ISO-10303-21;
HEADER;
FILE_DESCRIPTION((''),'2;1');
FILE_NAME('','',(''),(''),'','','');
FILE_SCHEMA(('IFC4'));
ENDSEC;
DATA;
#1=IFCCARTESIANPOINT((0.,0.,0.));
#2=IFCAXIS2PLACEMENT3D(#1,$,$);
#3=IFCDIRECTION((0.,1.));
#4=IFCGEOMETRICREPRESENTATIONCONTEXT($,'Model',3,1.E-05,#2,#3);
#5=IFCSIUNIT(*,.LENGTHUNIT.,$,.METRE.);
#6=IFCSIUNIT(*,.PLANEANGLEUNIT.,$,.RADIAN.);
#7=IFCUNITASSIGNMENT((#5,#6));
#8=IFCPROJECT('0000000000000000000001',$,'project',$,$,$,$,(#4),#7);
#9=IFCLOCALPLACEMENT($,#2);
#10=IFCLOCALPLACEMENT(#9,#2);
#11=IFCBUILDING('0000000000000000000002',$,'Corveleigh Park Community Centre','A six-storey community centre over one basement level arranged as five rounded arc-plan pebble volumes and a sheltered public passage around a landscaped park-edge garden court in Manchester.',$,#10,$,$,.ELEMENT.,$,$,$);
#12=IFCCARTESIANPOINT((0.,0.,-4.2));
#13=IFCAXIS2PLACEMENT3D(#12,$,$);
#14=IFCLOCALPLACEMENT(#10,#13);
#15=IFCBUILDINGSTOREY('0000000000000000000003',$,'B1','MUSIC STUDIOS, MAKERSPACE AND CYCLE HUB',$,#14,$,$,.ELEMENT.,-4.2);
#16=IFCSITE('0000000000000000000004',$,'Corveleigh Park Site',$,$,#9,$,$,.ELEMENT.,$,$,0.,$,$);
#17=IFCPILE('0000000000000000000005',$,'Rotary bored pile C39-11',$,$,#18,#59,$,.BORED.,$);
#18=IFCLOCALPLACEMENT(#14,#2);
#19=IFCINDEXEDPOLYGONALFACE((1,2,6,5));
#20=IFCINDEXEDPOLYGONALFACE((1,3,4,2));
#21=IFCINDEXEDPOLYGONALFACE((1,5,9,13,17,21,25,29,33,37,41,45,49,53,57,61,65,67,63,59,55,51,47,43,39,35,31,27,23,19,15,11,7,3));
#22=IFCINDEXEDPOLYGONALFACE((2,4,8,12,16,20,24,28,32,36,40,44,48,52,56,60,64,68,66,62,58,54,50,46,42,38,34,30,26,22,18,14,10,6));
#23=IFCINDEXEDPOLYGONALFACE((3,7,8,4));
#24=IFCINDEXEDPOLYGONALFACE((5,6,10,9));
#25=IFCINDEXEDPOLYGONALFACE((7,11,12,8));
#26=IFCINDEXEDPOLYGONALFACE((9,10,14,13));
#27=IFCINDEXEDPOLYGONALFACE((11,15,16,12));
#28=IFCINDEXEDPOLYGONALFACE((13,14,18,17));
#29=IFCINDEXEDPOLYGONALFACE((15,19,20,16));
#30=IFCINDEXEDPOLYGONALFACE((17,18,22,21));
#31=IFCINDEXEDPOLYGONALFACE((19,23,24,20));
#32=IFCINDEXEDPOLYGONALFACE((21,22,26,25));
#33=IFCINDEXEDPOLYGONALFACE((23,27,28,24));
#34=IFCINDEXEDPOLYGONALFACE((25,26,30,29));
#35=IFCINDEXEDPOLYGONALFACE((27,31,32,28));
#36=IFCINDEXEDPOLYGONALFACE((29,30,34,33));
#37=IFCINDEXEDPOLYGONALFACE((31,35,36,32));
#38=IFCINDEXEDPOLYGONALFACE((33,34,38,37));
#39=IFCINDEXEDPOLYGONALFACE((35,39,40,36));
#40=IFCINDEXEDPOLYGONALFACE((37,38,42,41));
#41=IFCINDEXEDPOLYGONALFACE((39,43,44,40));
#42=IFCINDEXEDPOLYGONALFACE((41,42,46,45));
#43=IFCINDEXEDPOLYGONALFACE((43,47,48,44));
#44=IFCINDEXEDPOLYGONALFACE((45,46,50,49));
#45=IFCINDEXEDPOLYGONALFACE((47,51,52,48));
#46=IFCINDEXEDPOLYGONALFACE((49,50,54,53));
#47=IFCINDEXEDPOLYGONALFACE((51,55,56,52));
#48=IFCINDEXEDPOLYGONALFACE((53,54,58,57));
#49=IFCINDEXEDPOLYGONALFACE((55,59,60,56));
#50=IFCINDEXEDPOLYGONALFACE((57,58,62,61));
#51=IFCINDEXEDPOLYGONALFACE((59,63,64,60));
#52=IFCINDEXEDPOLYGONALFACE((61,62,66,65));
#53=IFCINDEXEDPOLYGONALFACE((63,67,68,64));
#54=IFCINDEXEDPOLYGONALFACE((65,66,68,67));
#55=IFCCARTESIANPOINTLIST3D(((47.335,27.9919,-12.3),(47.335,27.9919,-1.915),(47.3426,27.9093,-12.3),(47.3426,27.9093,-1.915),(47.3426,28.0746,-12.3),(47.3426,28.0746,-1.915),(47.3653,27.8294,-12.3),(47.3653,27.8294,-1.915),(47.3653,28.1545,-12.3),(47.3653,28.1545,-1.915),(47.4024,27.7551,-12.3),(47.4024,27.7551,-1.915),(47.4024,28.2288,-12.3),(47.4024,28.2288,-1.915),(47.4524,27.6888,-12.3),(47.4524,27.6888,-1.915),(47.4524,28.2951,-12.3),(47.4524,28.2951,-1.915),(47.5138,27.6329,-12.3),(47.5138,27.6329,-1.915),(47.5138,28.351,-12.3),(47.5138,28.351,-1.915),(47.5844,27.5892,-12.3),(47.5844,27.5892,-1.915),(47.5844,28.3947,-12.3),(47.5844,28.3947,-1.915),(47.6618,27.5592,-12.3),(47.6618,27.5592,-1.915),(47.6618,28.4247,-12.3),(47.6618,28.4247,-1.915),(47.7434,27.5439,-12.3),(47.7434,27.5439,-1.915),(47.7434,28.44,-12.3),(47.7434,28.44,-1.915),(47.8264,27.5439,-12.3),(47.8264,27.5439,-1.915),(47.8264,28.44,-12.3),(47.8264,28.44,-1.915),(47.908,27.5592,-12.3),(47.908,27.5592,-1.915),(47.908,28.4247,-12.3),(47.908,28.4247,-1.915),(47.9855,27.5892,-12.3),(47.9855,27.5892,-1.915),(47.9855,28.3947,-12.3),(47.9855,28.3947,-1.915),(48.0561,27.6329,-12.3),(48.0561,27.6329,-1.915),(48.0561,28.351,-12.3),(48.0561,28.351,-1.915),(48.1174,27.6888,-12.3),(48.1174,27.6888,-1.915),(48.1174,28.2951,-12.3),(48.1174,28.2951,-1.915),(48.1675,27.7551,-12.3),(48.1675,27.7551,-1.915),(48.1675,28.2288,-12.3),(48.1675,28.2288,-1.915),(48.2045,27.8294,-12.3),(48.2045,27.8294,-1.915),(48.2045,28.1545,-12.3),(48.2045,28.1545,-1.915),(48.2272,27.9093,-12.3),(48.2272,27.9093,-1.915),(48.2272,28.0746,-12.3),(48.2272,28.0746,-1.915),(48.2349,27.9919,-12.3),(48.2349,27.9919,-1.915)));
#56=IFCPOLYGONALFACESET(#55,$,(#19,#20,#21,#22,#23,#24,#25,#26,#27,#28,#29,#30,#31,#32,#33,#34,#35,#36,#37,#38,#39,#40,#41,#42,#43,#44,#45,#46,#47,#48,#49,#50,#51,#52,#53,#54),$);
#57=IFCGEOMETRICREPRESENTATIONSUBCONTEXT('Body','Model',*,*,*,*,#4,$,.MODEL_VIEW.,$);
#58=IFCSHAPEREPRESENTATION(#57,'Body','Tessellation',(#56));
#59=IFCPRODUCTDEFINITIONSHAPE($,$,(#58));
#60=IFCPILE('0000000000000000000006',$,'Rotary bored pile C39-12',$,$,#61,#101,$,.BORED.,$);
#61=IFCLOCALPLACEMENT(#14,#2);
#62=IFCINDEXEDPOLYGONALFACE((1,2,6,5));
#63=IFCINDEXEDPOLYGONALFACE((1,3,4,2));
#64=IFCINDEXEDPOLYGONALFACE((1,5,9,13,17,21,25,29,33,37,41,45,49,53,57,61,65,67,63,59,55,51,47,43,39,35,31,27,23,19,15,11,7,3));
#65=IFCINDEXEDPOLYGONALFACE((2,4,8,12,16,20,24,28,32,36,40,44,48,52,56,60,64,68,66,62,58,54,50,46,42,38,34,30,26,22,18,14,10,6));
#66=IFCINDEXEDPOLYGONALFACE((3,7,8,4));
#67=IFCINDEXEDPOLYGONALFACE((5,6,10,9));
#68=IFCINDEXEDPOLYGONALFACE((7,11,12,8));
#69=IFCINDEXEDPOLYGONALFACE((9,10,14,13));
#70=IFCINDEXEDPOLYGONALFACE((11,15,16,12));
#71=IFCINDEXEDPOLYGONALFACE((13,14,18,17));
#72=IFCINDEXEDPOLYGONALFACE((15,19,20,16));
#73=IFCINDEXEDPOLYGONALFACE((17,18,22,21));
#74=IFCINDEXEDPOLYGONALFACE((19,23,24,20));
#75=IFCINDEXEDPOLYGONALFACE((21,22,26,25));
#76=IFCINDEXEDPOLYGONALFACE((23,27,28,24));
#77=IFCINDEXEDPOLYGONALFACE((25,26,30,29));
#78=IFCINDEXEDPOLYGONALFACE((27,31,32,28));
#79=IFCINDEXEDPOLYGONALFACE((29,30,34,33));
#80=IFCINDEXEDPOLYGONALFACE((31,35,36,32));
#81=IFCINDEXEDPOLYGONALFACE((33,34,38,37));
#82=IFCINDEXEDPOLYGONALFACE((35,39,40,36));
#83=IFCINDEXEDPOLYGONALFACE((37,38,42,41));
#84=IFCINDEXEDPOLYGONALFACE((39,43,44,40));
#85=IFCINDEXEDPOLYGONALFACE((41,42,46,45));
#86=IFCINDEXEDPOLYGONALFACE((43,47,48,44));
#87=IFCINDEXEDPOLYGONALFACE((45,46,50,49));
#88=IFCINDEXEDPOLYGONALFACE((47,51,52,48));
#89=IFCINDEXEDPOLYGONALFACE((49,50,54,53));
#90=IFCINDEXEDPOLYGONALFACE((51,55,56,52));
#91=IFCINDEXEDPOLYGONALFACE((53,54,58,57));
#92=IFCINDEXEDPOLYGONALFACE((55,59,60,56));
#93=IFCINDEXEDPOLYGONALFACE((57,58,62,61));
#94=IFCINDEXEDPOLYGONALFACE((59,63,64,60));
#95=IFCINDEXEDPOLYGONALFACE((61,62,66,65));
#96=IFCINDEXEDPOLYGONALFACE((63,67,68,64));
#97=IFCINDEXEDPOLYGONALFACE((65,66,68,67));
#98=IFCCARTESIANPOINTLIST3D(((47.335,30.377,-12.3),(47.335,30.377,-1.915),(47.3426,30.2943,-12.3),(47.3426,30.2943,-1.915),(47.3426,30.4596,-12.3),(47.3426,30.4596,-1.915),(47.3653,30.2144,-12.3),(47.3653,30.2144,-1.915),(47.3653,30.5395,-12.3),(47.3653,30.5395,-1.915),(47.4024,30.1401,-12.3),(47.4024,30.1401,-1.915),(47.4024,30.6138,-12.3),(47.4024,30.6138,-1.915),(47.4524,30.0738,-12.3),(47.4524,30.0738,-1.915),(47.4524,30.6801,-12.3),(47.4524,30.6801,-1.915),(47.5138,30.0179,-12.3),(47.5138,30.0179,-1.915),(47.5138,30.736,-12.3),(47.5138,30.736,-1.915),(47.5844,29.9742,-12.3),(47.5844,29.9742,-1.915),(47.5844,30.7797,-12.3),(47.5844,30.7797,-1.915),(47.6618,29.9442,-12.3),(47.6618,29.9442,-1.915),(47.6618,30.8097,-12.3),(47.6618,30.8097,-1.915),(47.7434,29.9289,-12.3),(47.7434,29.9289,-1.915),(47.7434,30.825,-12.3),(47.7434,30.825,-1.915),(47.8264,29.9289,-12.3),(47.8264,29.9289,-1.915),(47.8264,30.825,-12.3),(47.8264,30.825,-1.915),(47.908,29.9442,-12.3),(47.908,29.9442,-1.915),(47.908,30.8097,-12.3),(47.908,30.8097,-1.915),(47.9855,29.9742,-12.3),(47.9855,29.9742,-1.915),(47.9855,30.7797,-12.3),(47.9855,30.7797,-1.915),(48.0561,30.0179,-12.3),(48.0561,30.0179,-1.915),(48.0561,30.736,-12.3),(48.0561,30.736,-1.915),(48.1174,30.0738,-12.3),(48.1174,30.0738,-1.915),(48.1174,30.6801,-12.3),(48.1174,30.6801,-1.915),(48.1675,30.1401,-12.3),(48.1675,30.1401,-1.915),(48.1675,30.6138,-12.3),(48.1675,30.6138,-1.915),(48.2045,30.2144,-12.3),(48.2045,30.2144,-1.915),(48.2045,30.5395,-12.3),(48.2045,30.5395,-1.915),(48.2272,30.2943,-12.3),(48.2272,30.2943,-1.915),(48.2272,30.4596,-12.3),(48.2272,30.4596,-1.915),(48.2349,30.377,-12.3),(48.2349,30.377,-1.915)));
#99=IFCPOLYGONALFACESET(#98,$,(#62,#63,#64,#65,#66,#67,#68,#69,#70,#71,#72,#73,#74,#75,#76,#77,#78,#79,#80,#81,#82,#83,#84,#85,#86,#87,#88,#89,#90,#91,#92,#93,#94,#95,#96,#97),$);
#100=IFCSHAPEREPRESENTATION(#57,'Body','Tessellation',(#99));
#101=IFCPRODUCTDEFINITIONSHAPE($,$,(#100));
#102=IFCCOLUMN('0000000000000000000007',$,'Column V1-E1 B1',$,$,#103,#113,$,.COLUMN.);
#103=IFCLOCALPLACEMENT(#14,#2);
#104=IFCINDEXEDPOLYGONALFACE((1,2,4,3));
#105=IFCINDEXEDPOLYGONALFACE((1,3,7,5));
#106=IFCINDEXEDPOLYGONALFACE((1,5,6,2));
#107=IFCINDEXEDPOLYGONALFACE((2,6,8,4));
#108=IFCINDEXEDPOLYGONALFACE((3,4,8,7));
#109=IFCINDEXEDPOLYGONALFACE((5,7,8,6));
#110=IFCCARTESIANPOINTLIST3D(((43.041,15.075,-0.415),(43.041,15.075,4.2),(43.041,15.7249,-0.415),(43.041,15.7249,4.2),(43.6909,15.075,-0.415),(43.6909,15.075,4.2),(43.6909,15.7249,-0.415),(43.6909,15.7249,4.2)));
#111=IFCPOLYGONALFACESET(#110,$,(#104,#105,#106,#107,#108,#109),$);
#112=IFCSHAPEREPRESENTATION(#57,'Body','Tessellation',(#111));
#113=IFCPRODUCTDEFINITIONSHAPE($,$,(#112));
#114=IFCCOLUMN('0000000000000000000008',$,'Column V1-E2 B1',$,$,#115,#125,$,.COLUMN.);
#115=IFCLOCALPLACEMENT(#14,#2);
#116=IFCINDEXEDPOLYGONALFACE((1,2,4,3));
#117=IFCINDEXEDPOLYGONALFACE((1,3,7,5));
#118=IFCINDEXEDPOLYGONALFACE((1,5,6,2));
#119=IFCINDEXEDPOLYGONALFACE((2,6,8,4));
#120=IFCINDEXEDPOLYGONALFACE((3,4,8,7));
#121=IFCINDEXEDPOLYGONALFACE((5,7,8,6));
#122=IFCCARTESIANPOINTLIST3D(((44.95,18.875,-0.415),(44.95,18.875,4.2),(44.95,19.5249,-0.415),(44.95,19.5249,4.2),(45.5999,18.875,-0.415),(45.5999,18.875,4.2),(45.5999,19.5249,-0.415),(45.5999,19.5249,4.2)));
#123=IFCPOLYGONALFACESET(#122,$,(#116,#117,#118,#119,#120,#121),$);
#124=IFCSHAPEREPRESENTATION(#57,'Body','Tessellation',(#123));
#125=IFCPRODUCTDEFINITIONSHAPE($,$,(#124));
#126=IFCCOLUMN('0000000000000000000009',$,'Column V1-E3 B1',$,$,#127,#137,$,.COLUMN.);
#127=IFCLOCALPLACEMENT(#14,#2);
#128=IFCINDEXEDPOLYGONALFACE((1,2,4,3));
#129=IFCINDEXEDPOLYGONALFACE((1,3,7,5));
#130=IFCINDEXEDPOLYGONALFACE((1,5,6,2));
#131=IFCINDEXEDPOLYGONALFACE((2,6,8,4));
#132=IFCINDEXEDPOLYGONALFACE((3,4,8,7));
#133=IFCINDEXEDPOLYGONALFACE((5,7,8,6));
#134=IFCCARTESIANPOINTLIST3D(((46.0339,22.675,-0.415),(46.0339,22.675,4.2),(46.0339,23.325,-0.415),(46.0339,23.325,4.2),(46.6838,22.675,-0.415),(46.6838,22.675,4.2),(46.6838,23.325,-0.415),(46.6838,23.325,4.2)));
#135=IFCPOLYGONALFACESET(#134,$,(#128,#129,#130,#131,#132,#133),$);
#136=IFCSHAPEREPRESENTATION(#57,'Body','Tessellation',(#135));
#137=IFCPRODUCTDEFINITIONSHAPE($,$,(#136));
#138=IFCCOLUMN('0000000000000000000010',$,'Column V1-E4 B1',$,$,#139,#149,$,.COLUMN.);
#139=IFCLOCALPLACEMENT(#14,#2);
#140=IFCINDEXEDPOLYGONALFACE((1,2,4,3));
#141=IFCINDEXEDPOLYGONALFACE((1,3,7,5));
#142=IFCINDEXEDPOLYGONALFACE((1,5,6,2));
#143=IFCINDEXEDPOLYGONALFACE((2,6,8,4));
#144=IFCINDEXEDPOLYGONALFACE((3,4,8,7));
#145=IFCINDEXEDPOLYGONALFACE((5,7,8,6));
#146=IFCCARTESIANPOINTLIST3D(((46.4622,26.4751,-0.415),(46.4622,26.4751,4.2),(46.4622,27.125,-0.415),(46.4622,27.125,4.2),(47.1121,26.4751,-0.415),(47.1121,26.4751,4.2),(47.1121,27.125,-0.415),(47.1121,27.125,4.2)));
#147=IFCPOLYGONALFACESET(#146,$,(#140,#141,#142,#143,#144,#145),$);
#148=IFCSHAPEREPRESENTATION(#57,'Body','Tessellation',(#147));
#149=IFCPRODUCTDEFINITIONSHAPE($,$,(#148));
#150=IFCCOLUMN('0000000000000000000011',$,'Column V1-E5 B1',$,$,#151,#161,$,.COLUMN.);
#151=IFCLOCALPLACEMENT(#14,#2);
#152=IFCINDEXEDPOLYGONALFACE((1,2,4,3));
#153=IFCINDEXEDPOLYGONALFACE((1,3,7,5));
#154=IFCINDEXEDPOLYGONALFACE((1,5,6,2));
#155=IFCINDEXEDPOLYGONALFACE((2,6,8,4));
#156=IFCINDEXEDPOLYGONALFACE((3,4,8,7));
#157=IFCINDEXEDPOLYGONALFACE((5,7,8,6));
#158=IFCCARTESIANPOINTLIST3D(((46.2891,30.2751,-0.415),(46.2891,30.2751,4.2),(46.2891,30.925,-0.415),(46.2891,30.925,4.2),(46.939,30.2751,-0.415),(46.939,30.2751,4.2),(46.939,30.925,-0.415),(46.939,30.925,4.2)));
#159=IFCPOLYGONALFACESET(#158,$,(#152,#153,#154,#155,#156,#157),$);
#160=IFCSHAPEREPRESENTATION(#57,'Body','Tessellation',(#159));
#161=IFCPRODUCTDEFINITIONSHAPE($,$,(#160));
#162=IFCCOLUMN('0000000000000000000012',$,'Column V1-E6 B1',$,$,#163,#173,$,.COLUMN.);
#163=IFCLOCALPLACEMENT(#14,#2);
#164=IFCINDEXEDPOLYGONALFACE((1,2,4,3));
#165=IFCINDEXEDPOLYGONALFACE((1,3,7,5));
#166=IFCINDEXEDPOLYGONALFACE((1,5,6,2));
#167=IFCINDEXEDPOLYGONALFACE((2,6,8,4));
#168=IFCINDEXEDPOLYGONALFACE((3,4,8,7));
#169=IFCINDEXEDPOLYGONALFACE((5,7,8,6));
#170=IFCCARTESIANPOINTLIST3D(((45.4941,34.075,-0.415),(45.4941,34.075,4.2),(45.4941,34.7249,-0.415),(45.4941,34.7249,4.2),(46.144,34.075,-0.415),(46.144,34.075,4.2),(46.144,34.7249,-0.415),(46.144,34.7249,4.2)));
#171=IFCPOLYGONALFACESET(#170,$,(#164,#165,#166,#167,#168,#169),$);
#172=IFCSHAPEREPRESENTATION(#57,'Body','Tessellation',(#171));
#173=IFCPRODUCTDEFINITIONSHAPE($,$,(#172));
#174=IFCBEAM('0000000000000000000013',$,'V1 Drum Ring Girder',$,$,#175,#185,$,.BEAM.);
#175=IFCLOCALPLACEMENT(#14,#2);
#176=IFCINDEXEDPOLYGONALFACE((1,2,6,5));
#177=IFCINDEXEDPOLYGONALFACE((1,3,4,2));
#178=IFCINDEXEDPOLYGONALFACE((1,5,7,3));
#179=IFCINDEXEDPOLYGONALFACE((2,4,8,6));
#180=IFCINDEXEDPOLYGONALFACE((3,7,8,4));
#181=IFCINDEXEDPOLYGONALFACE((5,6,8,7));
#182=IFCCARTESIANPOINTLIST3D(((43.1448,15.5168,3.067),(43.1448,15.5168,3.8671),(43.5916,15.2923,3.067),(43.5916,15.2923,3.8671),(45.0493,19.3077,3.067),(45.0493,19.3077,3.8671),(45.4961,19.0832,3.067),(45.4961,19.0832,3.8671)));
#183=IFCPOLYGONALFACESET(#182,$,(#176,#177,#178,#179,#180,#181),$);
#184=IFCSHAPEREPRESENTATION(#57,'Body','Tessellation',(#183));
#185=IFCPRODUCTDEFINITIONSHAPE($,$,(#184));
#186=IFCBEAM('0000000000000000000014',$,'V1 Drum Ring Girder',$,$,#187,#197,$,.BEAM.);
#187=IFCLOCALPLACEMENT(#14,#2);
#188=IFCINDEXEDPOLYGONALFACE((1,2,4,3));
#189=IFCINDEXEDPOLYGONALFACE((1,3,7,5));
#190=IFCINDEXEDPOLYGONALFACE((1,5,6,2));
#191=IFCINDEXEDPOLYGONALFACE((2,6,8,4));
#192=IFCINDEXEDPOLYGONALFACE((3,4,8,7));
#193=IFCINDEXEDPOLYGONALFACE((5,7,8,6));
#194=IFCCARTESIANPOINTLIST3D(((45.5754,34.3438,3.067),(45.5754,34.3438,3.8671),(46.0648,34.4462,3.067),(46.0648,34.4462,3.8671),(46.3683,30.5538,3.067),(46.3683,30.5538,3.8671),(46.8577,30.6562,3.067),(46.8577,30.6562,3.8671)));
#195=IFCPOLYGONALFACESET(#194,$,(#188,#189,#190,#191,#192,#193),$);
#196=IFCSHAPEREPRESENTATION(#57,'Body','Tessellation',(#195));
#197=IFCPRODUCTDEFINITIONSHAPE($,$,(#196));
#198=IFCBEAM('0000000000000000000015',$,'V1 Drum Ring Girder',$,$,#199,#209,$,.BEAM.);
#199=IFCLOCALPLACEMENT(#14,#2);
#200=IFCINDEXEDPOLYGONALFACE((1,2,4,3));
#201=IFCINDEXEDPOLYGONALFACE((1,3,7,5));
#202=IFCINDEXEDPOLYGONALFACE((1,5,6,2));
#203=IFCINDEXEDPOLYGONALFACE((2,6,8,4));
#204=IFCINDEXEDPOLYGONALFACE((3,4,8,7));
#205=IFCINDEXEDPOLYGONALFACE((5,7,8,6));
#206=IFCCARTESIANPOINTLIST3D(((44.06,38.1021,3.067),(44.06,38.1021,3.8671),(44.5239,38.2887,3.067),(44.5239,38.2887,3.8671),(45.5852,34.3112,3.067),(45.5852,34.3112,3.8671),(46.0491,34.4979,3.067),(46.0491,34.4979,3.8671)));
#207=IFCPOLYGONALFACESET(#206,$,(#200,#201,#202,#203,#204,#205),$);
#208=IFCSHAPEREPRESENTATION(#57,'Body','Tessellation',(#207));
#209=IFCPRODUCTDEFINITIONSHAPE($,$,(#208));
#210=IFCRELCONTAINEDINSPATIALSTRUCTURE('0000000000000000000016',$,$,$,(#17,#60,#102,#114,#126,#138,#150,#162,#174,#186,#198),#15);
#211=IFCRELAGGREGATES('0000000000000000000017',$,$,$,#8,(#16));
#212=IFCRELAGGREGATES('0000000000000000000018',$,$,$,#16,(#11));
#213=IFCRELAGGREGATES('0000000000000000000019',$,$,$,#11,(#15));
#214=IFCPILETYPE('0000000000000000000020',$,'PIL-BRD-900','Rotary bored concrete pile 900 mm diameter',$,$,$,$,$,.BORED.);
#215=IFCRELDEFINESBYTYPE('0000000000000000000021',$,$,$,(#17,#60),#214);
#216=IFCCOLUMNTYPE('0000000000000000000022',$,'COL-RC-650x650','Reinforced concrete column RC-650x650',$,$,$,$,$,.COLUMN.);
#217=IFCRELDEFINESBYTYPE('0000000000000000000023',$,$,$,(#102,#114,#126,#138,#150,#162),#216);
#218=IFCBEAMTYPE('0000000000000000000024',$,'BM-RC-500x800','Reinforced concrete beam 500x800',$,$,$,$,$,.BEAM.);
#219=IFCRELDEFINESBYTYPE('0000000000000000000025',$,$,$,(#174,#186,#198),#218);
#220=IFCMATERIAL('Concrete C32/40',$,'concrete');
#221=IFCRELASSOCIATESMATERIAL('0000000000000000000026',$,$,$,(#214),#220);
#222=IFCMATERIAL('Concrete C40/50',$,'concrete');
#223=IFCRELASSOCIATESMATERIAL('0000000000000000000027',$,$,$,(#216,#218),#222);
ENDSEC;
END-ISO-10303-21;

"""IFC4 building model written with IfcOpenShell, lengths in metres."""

from ifc_helpers import new_model, si_unit, direction, frame, origin, origin_2d, place, context, subcontext, project, spatial, rectangle, circle, extrude, material, material_profile, profile_set, type_object, element, save


model = new_model("IFC4")

# Units and contexts
model_context = context("Model", 3, precision=1e-05, world=origin(), true_north=direction((0.0, 1.0)))
body_context = subcontext(model_context, "Body", "Model", "MODEL_VIEW")
ifc_project = project(units=[si_unit("LENGTHUNIT", "METRE"), si_unit("PLANEANGLEUNIT", "RADIAN")], contexts=[model_context])

# Site, building, storey
site_placement = place(None, origin())
site = spatial("IfcSite", under=ifc_project, at=site_placement, Name="Corveleigh Park Site", CompositionType="ELEMENT", RefElevation=0.0)
building_placement = place(site_placement, origin())
building = spatial("IfcBuilding", under=site, at=building_placement, Name="Corveleigh Park Community Centre", Description="A six-storey community centre over one basement level arranged as five rounded arc-plan pebble volumes and a sheltered public passage around a landscaped park-edge garden court in Manchester.", CompositionType="ELEMENT")
storey_placement = place(building_placement, frame((0.0, 0.0, -4.2)))
storey = spatial("IfcBuildingStorey", under=building, at=storey_placement, Name="B1", Description="MUSIC STUDIOS, MAKERSPACE AND CYCLE HUB", CompositionType="ELEMENT", Elevation=-4.2)

# Shared definitions
ifc_material_1 = material(Name="Concrete C40/50", Category="concrete")

# Piles
ifc_material_2 = material(Name="Concrete C32/40", Category="concrete")
ifc_material_profile_1 = material_profile(ifc_material_2, circle(Radius=0.45, at=origin_2d()), Name="BORED-PILE-900", Category="concrete")
ifc_profile_set_1 = profile_set([ifc_material_profile_1], Name="Concrete C32/40")
pile_type_1 = type_object("IfcPileType", Name="PIL-BRD-900", Description="Rotary bored concrete pile 900 mm diameter", PredefinedType="BORED", material=ifc_profile_set_1)
for number, where, z_axis, x_axis, name in (
    (1, (47.7849, 27.9919, -1.915), (0.0, 0.0, -1.0), (1.0, 0.0, 0.0), "Rotary bored pile C39-11"),
    (2, (47.7849, 30.377, -1.915), (0.0, 0.0, -1.0), (1.0, 0.0, 0.0), "Rotary bored pile C39-12"),
):
    element("IfcPile", number, at=place(storey_placement, frame(where, z_axis=z_axis, x_axis=x_axis)), inside=storey, type_object=pile_type_1, Name=name, PredefinedType="BORED", context=body_context, shape_type="SweptSolid", body=[
        extrude(circle(Radius=0.45, at=origin_2d()), origin(), (0.0, 0.0, 1.0), 10.385),
    ])

# Columns
ifc_material_profile_2 = material_profile(ifc_material_1, rectangle(XDim=0.6499, YDim=0.6499, at=origin_2d()), Name="RC-650x650", Category="concrete")
ifc_profile_set_2 = profile_set([ifc_material_profile_2], Name="Concrete C40/50")
column_type = type_object("IfcColumnType", Name="COL-RC-650x650", Description="Reinforced concrete column RC-650x650", PredefinedType="COLUMN", material=ifc_profile_set_2)
for number, where, z_axis, x_axis, name in (
    (3, (43.366, 15.3999, -0.415), (0.0, 0.0, 1.0), (1.0, 0.0, 0.0), "Column V1-E1 B1"),
    (4, (45.2749, 19.2, -0.415), (0.0, 0.0, 1.0), (1.0, 0.0, 0.0), "Column V1-E2 B1"),
    (5, (46.3589, 23.0, -0.415), (0.0, 0.0, 1.0), (1.0, 0.0, 0.0), "Column V1-E3 B1"),
    (6, (46.7871, 26.8, -0.415), (0.0, 0.0, 1.0), (1.0, 0.0, 0.0), "Column V1-E4 B1"),
    (7, (46.614, 30.6001, -0.415), (0.0, 0.0, 1.0), (1.0, 0.0, 0.0), "Column V1-E5 B1"),
    (8, (45.8191, 34.3999, -0.415), (0.0, 0.0, 1.0), (1.0, 0.0, 0.0), "Column V1-E6 B1"),
):
    element("IfcColumn", number, at=place(storey_placement, frame(where, z_axis=z_axis, x_axis=x_axis)), inside=storey, type_object=column_type, Name=name, PredefinedType="COLUMN", context=body_context, shape_type="SweptSolid", body=[
        extrude(rectangle(XDim=0.6499, YDim=0.6499, at=origin_2d()), origin(), (0.0, 0.0, 1.0), 4.615),
    ])

# Beams
ifc_material_profile_3 = material_profile(ifc_material_1, rectangle(XDim=0.5, YDim=0.8, at=origin_2d()), Name="RC-500x800", Category="concrete")
ifc_profile_set_3 = profile_set([ifc_material_profile_3], Name="Concrete C40/50")
beam_type = type_object("IfcBeamType", Name="BM-RC-500x800", Description="Reinforced concrete beam 500x800", PredefinedType="BEAM", material=ifc_profile_set_3)
beam_1_placement = place(storey_placement, frame((43.3682, 15.4045, 3.467), z_axis=(0.448916, 0.893574, 0.0), x_axis=(-0.893574, 0.448916, 0.0)))
element("IfcBeam", 9, at=beam_1_placement, inside=storey, type_object=beam_type, Name="V1 Drum Ring Girder", PredefinedType="BEAM", context=body_context, shape_type="SweptSolid", body=[
    extrude(rectangle(XDim=0.5, YDim=0.8, at=origin_2d()), origin(), (0.0, 0.0, 1.0), 4.2424),
])
beam_2_placement = place(storey_placement, frame((46.613, 30.605, 3.467), z_axis=(-0.20479, 0.978806, 0.0), x_axis=(-0.978806, -0.20479, 0.0)))
element("IfcBeam", 10, at=beam_2_placement, inside=storey, type_object=beam_type, Name="V1 Drum Ring Girder", PredefinedType="BEAM", context=body_context, shape_type="SweptSolid", body=[
    extrude(rectangle(XDim=0.5, YDim=0.8, at=origin_2d()), origin(), (0.0, 0.0, 1.0), 3.8721),
])
beam_3_placement = place(storey_placement, frame((45.8171, 34.4045, 3.467), z_axis=(-0.373255, 0.927729, 0.0), x_axis=(-0.927729, -0.373255, 0.0)))
element("IfcBeam", 11, at=beam_3_placement, inside=storey, type_object=beam_type, Name="V1 Drum Ring Girder", PredefinedType="BEAM", context=body_context, shape_type="SweptSolid", body=[
    extrude(rectangle(XDim=0.5, YDim=0.8, at=origin_2d()), origin(), (0.0, 0.0, 1.0), 4.0862),
])

save(model, "model.ifc")
